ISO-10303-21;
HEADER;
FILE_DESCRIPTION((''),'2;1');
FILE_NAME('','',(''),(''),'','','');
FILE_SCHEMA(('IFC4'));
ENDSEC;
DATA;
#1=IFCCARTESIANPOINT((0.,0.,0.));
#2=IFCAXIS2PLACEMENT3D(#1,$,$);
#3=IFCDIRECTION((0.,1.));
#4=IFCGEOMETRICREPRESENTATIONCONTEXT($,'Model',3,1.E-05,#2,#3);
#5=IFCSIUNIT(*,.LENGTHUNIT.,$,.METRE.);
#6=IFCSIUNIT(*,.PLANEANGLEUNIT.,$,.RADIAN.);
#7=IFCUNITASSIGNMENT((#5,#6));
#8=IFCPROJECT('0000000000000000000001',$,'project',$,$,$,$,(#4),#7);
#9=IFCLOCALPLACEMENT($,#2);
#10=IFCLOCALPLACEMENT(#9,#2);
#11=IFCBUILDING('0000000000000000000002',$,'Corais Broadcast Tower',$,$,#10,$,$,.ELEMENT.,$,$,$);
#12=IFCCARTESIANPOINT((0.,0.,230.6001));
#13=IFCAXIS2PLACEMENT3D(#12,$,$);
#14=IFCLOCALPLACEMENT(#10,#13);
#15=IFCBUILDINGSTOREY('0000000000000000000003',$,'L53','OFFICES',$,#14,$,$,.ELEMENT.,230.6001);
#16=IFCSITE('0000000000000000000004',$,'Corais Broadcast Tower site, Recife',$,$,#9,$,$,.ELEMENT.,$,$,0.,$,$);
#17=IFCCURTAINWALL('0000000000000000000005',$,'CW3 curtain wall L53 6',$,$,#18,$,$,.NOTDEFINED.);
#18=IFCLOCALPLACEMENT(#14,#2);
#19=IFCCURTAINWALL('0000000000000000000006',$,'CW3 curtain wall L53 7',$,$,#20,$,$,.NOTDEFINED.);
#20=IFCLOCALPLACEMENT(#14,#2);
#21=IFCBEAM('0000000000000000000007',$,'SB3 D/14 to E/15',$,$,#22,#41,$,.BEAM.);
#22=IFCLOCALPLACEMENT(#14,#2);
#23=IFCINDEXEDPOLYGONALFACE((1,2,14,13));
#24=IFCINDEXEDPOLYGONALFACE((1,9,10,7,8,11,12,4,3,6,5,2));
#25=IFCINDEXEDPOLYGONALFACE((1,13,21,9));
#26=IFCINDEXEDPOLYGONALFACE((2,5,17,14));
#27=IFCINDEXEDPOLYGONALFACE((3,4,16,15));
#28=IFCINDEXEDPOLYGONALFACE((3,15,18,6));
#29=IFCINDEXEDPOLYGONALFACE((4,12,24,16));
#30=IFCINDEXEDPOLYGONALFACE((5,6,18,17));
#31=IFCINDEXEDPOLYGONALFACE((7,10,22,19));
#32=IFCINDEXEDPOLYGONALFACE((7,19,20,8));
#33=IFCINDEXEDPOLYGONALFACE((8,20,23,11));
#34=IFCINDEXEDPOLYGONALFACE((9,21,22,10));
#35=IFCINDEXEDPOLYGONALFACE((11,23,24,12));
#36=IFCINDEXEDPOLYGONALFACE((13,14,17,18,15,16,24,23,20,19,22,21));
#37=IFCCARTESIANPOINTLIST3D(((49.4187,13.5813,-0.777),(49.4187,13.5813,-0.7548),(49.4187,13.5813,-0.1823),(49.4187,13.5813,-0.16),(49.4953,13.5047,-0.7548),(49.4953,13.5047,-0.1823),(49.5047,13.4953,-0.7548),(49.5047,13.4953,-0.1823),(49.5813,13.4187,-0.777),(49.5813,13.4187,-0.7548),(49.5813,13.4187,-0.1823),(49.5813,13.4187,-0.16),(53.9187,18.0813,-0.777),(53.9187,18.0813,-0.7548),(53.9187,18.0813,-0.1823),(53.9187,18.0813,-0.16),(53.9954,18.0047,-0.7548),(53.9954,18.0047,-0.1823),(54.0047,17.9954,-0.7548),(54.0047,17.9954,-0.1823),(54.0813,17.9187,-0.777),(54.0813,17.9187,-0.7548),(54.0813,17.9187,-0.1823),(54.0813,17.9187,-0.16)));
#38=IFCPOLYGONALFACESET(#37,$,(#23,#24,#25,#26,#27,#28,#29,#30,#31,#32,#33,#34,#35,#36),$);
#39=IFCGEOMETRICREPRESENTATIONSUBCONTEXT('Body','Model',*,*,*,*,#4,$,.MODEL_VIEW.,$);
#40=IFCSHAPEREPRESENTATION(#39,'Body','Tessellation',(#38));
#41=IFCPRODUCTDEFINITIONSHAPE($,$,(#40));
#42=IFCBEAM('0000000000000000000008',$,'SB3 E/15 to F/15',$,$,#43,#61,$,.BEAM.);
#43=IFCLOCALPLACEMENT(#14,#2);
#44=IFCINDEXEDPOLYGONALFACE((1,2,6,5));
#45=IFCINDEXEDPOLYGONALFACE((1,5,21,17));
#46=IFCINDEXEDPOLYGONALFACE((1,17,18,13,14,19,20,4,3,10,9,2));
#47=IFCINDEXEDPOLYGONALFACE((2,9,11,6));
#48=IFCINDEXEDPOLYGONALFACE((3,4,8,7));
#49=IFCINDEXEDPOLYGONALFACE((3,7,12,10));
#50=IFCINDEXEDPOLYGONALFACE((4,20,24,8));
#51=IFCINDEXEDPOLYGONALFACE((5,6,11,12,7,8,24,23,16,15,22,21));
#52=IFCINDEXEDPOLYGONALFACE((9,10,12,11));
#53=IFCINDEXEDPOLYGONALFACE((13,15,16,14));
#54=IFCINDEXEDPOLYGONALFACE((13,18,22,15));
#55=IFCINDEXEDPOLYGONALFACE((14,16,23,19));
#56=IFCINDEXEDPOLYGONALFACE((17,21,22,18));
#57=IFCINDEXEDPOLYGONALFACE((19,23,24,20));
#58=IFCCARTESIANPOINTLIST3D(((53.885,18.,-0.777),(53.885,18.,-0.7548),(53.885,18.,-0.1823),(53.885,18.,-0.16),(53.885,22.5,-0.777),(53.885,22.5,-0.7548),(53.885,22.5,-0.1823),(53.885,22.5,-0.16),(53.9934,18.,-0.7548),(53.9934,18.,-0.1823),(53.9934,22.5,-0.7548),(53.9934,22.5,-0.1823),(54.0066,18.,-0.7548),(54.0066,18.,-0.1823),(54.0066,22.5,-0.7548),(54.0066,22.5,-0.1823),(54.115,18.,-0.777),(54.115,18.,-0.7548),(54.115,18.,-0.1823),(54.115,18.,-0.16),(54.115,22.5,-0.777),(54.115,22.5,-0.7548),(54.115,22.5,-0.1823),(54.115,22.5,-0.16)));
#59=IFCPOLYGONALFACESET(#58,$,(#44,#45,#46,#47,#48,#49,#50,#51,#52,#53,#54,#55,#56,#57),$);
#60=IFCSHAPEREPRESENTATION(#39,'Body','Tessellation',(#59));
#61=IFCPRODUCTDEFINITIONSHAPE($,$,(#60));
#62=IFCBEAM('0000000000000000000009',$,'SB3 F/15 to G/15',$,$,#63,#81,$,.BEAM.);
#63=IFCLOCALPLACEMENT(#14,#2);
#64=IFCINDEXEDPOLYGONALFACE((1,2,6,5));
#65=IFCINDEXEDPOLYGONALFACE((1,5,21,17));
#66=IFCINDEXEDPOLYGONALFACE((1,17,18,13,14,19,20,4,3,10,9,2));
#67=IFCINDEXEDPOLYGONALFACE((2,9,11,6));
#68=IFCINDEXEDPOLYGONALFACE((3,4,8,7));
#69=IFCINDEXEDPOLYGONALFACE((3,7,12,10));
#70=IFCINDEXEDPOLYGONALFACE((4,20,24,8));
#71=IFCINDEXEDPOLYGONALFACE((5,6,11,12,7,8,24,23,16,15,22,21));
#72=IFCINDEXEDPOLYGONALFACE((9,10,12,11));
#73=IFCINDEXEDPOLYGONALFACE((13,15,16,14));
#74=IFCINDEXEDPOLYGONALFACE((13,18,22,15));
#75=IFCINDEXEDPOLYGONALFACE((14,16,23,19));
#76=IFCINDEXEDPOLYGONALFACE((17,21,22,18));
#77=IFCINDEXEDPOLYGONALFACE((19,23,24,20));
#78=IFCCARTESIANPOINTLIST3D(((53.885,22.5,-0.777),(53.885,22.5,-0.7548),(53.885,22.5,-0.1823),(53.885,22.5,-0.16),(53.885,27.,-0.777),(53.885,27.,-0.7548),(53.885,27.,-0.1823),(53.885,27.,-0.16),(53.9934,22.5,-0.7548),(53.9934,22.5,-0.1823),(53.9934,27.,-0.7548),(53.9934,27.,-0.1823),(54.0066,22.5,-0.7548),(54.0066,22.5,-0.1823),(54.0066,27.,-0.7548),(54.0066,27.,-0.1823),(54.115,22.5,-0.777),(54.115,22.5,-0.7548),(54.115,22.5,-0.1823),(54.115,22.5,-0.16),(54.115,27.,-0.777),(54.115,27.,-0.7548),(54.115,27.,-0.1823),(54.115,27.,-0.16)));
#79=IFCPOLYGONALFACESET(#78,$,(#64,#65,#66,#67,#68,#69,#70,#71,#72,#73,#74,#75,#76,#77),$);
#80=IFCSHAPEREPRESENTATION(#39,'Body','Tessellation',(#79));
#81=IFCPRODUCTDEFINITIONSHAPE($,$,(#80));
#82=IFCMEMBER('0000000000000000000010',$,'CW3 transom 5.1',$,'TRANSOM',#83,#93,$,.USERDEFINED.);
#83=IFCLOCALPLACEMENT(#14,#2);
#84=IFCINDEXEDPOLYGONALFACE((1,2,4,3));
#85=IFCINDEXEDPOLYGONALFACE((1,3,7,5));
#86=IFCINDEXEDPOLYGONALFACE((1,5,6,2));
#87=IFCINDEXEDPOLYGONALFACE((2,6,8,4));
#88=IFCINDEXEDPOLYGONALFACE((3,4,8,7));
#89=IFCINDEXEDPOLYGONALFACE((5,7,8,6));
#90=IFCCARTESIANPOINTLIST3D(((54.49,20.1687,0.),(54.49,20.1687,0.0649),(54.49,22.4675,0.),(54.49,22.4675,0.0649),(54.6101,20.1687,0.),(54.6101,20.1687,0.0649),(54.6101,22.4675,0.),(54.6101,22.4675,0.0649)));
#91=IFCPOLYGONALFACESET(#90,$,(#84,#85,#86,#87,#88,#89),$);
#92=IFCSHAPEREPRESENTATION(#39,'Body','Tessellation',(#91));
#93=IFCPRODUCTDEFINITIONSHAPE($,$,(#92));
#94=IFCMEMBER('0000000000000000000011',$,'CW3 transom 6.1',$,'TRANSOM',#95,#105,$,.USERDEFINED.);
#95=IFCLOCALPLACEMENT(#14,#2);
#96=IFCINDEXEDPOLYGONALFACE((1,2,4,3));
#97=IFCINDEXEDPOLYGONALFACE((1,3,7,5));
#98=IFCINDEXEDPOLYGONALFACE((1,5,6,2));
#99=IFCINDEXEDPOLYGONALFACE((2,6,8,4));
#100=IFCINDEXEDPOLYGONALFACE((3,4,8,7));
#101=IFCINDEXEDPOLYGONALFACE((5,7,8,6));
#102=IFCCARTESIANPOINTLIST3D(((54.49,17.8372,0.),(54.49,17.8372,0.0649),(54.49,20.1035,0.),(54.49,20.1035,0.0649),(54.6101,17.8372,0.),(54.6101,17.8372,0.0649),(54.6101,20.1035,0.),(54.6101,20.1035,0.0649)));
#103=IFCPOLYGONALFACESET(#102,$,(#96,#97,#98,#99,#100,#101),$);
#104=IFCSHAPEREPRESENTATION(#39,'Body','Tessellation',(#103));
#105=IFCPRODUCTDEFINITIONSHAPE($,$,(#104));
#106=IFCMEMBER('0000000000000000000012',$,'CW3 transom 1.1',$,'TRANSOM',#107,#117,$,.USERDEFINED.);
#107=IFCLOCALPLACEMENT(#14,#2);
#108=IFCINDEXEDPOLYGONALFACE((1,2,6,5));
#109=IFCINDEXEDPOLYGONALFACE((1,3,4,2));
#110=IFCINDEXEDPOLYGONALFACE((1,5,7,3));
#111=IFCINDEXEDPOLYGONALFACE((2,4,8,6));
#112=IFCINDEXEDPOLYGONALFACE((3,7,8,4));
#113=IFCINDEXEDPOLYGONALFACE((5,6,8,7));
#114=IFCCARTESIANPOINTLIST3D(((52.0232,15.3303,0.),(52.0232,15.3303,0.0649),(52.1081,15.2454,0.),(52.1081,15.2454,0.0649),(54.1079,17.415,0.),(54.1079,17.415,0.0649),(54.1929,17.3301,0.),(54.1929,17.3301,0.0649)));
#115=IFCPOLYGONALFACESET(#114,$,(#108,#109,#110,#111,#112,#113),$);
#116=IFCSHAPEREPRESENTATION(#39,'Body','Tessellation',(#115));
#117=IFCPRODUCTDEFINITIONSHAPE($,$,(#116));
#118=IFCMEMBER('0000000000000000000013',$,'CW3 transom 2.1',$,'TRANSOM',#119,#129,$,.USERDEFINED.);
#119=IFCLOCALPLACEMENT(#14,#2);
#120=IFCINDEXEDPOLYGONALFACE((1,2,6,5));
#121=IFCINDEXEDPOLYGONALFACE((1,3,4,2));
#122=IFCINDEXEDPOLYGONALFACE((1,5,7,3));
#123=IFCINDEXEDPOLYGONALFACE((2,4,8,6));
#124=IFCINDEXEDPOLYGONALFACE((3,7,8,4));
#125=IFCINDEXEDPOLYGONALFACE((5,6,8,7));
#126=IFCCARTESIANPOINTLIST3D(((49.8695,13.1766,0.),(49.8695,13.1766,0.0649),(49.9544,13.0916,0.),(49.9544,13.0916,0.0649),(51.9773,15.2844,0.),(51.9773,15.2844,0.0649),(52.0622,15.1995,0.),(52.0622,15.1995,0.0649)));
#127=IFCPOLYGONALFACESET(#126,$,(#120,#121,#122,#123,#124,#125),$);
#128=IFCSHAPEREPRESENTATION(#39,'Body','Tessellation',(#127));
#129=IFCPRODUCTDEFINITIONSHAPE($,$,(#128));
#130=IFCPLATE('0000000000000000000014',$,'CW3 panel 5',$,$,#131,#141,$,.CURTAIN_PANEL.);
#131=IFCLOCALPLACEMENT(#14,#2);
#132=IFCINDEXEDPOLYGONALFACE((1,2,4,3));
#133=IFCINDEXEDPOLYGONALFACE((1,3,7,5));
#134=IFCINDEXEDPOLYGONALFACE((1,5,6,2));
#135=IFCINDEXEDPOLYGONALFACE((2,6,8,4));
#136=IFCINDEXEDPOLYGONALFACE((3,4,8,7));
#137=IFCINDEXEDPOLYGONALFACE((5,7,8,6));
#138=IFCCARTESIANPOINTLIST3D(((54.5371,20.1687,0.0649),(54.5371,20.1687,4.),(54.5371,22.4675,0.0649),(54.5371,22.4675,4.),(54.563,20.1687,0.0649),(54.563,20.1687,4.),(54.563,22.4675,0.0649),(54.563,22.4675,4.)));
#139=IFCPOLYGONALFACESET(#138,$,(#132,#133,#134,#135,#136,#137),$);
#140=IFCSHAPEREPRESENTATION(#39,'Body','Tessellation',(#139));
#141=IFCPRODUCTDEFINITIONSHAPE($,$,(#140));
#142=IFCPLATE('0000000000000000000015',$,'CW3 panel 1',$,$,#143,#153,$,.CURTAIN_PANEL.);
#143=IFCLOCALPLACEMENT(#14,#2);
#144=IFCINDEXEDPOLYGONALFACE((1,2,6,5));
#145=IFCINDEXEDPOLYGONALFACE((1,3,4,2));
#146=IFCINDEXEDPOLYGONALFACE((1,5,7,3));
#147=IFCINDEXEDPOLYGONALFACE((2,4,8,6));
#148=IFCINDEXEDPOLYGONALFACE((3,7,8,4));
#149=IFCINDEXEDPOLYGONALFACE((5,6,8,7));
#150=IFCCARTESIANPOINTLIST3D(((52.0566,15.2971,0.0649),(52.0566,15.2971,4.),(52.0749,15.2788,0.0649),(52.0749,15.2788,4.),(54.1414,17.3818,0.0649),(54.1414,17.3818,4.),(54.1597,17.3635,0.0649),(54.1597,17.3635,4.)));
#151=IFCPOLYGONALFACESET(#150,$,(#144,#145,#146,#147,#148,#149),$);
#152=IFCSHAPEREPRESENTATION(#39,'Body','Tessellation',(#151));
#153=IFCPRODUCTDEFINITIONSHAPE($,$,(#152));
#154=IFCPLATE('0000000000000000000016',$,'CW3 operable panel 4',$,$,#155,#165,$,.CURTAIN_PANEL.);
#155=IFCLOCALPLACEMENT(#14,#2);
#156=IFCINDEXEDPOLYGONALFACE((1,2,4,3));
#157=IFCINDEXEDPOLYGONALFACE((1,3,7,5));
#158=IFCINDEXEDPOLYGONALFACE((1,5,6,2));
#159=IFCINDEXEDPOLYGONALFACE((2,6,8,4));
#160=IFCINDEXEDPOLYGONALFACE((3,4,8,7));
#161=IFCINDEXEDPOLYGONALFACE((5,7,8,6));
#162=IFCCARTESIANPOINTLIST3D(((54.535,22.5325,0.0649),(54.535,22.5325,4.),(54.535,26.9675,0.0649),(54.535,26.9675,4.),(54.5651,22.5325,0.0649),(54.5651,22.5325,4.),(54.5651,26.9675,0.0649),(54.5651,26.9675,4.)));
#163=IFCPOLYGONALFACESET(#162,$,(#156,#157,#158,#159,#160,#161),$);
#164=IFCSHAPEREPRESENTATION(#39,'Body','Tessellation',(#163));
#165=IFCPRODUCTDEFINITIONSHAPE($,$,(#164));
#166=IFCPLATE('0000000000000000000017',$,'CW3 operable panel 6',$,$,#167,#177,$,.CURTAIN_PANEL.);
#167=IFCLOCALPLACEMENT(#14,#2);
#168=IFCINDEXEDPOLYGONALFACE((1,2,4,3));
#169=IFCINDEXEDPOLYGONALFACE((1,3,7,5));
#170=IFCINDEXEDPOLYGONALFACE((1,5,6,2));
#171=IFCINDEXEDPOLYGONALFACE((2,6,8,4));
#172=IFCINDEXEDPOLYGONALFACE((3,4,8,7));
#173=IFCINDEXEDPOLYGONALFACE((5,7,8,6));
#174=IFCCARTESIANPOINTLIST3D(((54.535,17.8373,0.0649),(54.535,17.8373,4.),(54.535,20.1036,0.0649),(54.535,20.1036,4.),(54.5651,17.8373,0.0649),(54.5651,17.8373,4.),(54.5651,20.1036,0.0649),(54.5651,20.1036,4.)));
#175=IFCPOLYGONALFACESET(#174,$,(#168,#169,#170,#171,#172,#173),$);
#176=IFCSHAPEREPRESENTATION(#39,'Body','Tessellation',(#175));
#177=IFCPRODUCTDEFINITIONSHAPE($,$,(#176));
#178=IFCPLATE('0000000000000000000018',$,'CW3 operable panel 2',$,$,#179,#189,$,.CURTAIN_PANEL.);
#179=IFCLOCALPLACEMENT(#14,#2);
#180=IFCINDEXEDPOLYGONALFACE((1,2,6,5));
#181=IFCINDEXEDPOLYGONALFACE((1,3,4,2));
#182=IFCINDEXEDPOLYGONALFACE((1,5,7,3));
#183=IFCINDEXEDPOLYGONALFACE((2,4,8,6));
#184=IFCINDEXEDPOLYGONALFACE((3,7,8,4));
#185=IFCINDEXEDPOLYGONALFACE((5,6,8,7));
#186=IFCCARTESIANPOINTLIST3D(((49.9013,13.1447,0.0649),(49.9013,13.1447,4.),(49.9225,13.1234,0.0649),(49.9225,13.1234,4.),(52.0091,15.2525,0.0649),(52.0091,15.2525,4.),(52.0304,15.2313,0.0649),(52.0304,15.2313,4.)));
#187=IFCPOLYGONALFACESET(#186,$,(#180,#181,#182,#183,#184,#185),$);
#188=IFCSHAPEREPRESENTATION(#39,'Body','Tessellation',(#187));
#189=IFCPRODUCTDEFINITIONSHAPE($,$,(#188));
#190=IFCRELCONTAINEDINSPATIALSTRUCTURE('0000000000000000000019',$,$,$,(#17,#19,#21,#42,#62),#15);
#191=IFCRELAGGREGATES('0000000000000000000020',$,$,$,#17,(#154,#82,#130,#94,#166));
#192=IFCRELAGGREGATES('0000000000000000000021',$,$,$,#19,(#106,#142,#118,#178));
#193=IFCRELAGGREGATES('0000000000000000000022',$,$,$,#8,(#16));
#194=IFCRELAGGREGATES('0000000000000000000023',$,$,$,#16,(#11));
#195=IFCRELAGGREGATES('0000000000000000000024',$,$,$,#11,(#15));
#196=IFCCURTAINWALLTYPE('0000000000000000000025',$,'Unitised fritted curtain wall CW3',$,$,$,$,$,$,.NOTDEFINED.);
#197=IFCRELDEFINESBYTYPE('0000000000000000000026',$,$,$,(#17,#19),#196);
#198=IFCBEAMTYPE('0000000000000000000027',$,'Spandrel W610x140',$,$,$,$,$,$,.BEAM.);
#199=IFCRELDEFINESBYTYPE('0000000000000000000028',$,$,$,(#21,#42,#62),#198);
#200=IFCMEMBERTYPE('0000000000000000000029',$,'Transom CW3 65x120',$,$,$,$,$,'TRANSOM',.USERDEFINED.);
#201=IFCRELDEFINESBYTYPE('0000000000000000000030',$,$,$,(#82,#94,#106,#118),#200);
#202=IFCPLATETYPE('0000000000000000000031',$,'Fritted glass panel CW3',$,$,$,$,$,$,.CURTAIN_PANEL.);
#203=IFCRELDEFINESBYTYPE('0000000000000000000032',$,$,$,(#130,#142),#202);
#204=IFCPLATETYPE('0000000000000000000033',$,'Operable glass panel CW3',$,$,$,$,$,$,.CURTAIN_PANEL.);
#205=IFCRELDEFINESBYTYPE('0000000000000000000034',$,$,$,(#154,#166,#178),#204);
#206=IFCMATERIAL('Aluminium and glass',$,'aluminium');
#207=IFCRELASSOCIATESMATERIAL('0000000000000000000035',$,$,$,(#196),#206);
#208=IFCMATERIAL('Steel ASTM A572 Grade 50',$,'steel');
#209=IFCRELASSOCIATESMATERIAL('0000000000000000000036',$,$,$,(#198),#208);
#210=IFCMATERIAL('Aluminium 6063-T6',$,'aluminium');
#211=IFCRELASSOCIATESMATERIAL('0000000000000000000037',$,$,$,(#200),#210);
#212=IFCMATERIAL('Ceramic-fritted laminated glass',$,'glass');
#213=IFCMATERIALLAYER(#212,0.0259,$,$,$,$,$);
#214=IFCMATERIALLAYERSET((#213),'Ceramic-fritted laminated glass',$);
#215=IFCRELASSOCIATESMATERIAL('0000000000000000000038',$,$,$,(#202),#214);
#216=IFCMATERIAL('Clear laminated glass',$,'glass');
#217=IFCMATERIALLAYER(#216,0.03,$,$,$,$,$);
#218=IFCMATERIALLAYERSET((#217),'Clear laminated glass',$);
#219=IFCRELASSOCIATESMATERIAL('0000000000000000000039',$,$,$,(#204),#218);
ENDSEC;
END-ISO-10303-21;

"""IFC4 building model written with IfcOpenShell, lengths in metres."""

from ifc_helpers import new_model, si_unit, direction, frame, origin, origin_2d, place, context, subcontext, project, spatial, rectangle, i_section, extrude, material, layer, layer_set, material_profile, profile_set, type_object, element, aggregate, save


model = new_model("IFC4")

# Units and contexts
model_context = context("Model", 3, precision=1e-05, world=origin(), true_north=direction((0.0, 1.0)))
body_context = subcontext(model_context, "Body", "Model", "MODEL_VIEW")
ifc_project = project(units=[si_unit("LENGTHUNIT", "METRE"), si_unit("PLANEANGLEUNIT", "RADIAN")], contexts=[model_context])

# Site, building, storey
site_placement = place(None, origin())
site = spatial("IfcSite", under=ifc_project, at=site_placement, Name="Corais Broadcast Tower site, Recife", CompositionType="ELEMENT", RefElevation=0.0)
building_placement = place(site_placement, origin())
building = spatial("IfcBuilding", under=site, at=building_placement, Name="Corais Broadcast Tower", CompositionType="ELEMENT")
storey_placement = place(building_placement, frame((0.0, 0.0, 230.6001)))
storey = spatial("IfcBuildingStorey", under=building, at=storey_placement, Name="L53", Description="OFFICES", CompositionType="ELEMENT", Elevation=230.6001)

# Curtain walls
ifc_material_1 = material(Name="Aluminium and glass", Category="aluminium")
curtain_wall_type = type_object("IfcCurtainWallType", Name="Unitised fritted curtain wall CW3", PredefinedType="NOTDEFINED", material=ifc_material_1)
curtain_wall_1_placement = place(storey_placement, origin())
curtain_wall_1 = element("IfcCurtainWall", 1, at=curtain_wall_1_placement, inside=storey, type_object=curtain_wall_type, Name="CW3 curtain wall L53 6", PredefinedType="NOTDEFINED")
curtain_wall_2_placement = place(storey_placement, origin())
curtain_wall_2 = element("IfcCurtainWall", 2, at=curtain_wall_2_placement, inside=storey, type_object=curtain_wall_type, Name="CW3 curtain wall L53 7", PredefinedType="NOTDEFINED")

# Beams
ifc_material_2 = material(Name="Steel ASTM A572 Grade 50", Category="steel")
ifc_material_profile_1 = material_profile(ifc_material_2, i_section(OverallWidth=0.23, OverallDepth=0.6169, WebThickness=0.0132, FlangeThickness=0.0222, at=origin_2d()), Name="W610x140")
ifc_profile_set_1 = profile_set([ifc_material_profile_1], Name="Steel ASTM A572 Grade 50")
beam_type_1 = type_object("IfcBeamType", Name="Spandrel W610x140", PredefinedType="BEAM", material=ifc_profile_set_1)
beam_1_placement = place(storey_placement, frame((49.5, 13.5, -0.4685), z_axis=(0.707107, 0.707107, 0.0), x_axis=(-0.707107, 0.707107, 0.0)))
element("IfcBeam", 3, at=beam_1_placement, inside=storey, type_object=beam_type_1, Name="SB3 D/14 to E/15", PredefinedType="BEAM", context=body_context, shape_type="SweptSolid", body=[
    extrude(i_section(OverallWidth=0.23, OverallDepth=0.6169, WebThickness=0.0132, FlangeThickness=0.0222, at=origin_2d()), origin(), (0.0, 0.0, 1.0), 6.364),
])
for number, where, z_axis, x_axis, name in (
    (4, (54.0, 18.0, -0.4685), (0.0, 1.0, 0.0), (-1.0, 0.0, 0.0), "SB3 E/15 to F/15"),
    (5, (54.0, 22.5, -0.4685), (0.0, 1.0, 0.0), (-1.0, 0.0, 0.0), "SB3 F/15 to G/15"),
):
    element("IfcBeam", number, at=place(storey_placement, frame(where, z_axis=z_axis, x_axis=x_axis)), inside=storey, type_object=beam_type_1, Name=name, PredefinedType="BEAM", context=body_context, shape_type="SweptSolid", body=[
        extrude(i_section(OverallWidth=0.23, OverallDepth=0.6169, WebThickness=0.0132, FlangeThickness=0.0222, at=origin_2d()), origin(), (0.0, 0.0, 1.0), 4.5),
    ])

# Members
ifc_material_3 = material(Name="Aluminium 6063-T6", Category="aluminium")
ifc_material_profile_2 = material_profile(ifc_material_3, rectangle(XDim=0.1201, YDim=0.0649, at=origin_2d()), Name="Transom CW3 65x120")
ifc_profile_set_2 = profile_set([ifc_material_profile_2], Name="Aluminium 6063-T6")
member_type_1 = type_object("IfcMemberType", Name="Transom CW3 65x120", ElementType="TRANSOM", PredefinedType="USERDEFINED", material=ifc_profile_set_2)
member_1_placement = place(storey_placement, frame((54.55, 22.4675, 0.0325), z_axis=(0.0, -1.0, 0.0), x_axis=(1.0, 0.0, 0.0)))
member_1 = element("IfcMember", 6, at=member_1_placement, type_object=member_type_1, Name="CW3 transom 5.1", ObjectType="TRANSOM", PredefinedType="USERDEFINED", context=body_context, shape_type="SweptSolid", body=[
    extrude(rectangle(XDim=0.1201, YDim=0.0649, at=origin_2d()), origin(), (0.0, 0.0, 1.0), 2.2988),
])
member_2_placement = place(storey_placement, frame((54.55, 20.1035, 0.0325), z_axis=(0.0, -1.0, 0.0), x_axis=(1.0, 0.0, 0.0)))
member_2 = element("IfcMember", 7, at=member_2_placement, type_object=member_type_1, Name="CW3 transom 6.1", ObjectType="TRANSOM", PredefinedType="USERDEFINED", context=body_context, shape_type="SweptSolid", body=[
    extrude(rectangle(XDim=0.1201, YDim=0.0649, at=origin_2d()), origin(), (0.0, 0.0, 1.0), 2.2664),
])
member_3_placement = place(storey_placement, frame((54.1504, 17.3726, 0.0325), z_axis=(-0.707107, -0.707107, 0.0), x_axis=(0.707107, -0.707107, 0.0)))
member_3 = element("IfcMember", 8, at=member_3_placement, type_object=member_type_1, Name="CW3 transom 1.1", ObjectType="TRANSOM", PredefinedType="USERDEFINED", context=body_context, shape_type="SweptSolid", body=[
    extrude(rectangle(XDim=0.1201, YDim=0.0649, at=origin_2d()), origin(), (0.0, 0.0, 1.0), 2.9482),
])
member_4_placement = place(storey_placement, frame((52.0198, 15.2419, 0.0325), z_axis=(-0.707107, -0.707107, 0.0), x_axis=(0.707107, -0.707107, 0.0)))
member_4 = element("IfcMember", 9, at=member_4_placement, type_object=member_type_1, Name="CW3 transom 2.1", ObjectType="TRANSOM", PredefinedType="USERDEFINED", context=body_context, shape_type="SweptSolid", body=[
    extrude(rectangle(XDim=0.1201, YDim=0.0649, at=origin_2d()), origin(), (0.0, 0.0, 1.0), 2.981),
])

# Plates
ifc_material_4 = material(Name="Ceramic-fritted laminated glass", Category="glass")
ifc_layer_1 = layer(ifc_material_4, 0.0259)
ifc_layer_set_1 = layer_set([ifc_layer_1], Name="Ceramic-fritted laminated glass")
plate_type_1 = type_object("IfcPlateType", Name="Fritted glass panel CW3", PredefinedType="CURTAIN_PANEL", material=ifc_layer_set_1)
plate_1_placement = place(storey_placement, frame((54.55, 21.3181, 0.0649), z_axis=(0.0, 0.0, 1.0), x_axis=(0.0, -1.0, 0.0)))
plate_1 = element("IfcPlate", 10, at=plate_1_placement, type_object=plate_type_1, Name="CW3 panel 5", PredefinedType="CURTAIN_PANEL", context=body_context, shape_type="SweptSolid", body=[
    extrude(rectangle(XDim=2.2988, YDim=0.0259, at=origin_2d()), origin(), (0.0, 0.0, 1.0), 3.9351),
])
plate_2_placement = place(storey_placement, frame((53.1082, 16.3303, 0.0649), z_axis=(0.0, 0.0, 1.0), x_axis=(-0.707107, -0.707107, 0.0)))
plate_2 = element("IfcPlate", 11, at=plate_2_placement, type_object=plate_type_1, Name="CW3 panel 1", PredefinedType="CURTAIN_PANEL", context=body_context, shape_type="SweptSolid", body=[
    extrude(rectangle(XDim=2.9482, YDim=0.0259, at=origin_2d()), origin(), (0.0, 0.0, 1.0), 3.9351),
])
ifc_material_5 = material(Name="Clear laminated glass", Category="glass")
ifc_layer_2 = layer(ifc_material_5, 0.03)
ifc_layer_set_2 = layer_set([ifc_layer_2], Name="Clear laminated glass")
plate_type_2 = type_object("IfcPlateType", Name="Operable glass panel CW3", PredefinedType="CURTAIN_PANEL", material=ifc_layer_set_2)
plate_3_placement = place(storey_placement, frame((54.55, 24.75, 0.0649), z_axis=(0.0, 0.0, 1.0), x_axis=(0.0, -1.0, 0.0)))
plate_3 = element("IfcPlate", 12, at=plate_3_placement, type_object=plate_type_2, Name="CW3 operable panel 4", PredefinedType="CURTAIN_PANEL", context=body_context, shape_type="SweptSolid", body=[
    extrude(rectangle(XDim=4.4351, YDim=0.03, at=origin_2d()), origin(), (0.0, 0.0, 1.0), 3.9351),
])
plate_4_placement = place(storey_placement, frame((54.55, 18.9705, 0.0649), z_axis=(0.0, 0.0, 1.0), x_axis=(0.0, -1.0, 0.0)))
plate_4 = element("IfcPlate", 13, at=plate_4_placement, type_object=plate_type_2, Name="CW3 operable panel 6", PredefinedType="CURTAIN_PANEL", context=body_context, shape_type="SweptSolid", body=[
    extrude(rectangle(XDim=2.2664, YDim=0.03, at=origin_2d()), origin(), (0.0, 0.0, 1.0), 3.9351),
])
aggregate(curtain_wall_1, [plate_3, member_1, plate_1, member_2, plate_4])
plate_5_placement = place(storey_placement, frame((50.9658, 14.188, 0.0649), z_axis=(0.0, 0.0, 1.0), x_axis=(-0.707107, -0.707107, 0.0)))
plate_5 = element("IfcPlate", 14, at=plate_5_placement, type_object=plate_type_2, Name="CW3 operable panel 2", PredefinedType="CURTAIN_PANEL", context=body_context, shape_type="SweptSolid", body=[
    extrude(rectangle(XDim=2.981, YDim=0.03, at=origin_2d()), origin(), (0.0, 0.0, 1.0), 3.9351),
])
aggregate(curtain_wall_2, [member_3, plate_2, member_4, plate_5])

save(model, "model.ifc")
